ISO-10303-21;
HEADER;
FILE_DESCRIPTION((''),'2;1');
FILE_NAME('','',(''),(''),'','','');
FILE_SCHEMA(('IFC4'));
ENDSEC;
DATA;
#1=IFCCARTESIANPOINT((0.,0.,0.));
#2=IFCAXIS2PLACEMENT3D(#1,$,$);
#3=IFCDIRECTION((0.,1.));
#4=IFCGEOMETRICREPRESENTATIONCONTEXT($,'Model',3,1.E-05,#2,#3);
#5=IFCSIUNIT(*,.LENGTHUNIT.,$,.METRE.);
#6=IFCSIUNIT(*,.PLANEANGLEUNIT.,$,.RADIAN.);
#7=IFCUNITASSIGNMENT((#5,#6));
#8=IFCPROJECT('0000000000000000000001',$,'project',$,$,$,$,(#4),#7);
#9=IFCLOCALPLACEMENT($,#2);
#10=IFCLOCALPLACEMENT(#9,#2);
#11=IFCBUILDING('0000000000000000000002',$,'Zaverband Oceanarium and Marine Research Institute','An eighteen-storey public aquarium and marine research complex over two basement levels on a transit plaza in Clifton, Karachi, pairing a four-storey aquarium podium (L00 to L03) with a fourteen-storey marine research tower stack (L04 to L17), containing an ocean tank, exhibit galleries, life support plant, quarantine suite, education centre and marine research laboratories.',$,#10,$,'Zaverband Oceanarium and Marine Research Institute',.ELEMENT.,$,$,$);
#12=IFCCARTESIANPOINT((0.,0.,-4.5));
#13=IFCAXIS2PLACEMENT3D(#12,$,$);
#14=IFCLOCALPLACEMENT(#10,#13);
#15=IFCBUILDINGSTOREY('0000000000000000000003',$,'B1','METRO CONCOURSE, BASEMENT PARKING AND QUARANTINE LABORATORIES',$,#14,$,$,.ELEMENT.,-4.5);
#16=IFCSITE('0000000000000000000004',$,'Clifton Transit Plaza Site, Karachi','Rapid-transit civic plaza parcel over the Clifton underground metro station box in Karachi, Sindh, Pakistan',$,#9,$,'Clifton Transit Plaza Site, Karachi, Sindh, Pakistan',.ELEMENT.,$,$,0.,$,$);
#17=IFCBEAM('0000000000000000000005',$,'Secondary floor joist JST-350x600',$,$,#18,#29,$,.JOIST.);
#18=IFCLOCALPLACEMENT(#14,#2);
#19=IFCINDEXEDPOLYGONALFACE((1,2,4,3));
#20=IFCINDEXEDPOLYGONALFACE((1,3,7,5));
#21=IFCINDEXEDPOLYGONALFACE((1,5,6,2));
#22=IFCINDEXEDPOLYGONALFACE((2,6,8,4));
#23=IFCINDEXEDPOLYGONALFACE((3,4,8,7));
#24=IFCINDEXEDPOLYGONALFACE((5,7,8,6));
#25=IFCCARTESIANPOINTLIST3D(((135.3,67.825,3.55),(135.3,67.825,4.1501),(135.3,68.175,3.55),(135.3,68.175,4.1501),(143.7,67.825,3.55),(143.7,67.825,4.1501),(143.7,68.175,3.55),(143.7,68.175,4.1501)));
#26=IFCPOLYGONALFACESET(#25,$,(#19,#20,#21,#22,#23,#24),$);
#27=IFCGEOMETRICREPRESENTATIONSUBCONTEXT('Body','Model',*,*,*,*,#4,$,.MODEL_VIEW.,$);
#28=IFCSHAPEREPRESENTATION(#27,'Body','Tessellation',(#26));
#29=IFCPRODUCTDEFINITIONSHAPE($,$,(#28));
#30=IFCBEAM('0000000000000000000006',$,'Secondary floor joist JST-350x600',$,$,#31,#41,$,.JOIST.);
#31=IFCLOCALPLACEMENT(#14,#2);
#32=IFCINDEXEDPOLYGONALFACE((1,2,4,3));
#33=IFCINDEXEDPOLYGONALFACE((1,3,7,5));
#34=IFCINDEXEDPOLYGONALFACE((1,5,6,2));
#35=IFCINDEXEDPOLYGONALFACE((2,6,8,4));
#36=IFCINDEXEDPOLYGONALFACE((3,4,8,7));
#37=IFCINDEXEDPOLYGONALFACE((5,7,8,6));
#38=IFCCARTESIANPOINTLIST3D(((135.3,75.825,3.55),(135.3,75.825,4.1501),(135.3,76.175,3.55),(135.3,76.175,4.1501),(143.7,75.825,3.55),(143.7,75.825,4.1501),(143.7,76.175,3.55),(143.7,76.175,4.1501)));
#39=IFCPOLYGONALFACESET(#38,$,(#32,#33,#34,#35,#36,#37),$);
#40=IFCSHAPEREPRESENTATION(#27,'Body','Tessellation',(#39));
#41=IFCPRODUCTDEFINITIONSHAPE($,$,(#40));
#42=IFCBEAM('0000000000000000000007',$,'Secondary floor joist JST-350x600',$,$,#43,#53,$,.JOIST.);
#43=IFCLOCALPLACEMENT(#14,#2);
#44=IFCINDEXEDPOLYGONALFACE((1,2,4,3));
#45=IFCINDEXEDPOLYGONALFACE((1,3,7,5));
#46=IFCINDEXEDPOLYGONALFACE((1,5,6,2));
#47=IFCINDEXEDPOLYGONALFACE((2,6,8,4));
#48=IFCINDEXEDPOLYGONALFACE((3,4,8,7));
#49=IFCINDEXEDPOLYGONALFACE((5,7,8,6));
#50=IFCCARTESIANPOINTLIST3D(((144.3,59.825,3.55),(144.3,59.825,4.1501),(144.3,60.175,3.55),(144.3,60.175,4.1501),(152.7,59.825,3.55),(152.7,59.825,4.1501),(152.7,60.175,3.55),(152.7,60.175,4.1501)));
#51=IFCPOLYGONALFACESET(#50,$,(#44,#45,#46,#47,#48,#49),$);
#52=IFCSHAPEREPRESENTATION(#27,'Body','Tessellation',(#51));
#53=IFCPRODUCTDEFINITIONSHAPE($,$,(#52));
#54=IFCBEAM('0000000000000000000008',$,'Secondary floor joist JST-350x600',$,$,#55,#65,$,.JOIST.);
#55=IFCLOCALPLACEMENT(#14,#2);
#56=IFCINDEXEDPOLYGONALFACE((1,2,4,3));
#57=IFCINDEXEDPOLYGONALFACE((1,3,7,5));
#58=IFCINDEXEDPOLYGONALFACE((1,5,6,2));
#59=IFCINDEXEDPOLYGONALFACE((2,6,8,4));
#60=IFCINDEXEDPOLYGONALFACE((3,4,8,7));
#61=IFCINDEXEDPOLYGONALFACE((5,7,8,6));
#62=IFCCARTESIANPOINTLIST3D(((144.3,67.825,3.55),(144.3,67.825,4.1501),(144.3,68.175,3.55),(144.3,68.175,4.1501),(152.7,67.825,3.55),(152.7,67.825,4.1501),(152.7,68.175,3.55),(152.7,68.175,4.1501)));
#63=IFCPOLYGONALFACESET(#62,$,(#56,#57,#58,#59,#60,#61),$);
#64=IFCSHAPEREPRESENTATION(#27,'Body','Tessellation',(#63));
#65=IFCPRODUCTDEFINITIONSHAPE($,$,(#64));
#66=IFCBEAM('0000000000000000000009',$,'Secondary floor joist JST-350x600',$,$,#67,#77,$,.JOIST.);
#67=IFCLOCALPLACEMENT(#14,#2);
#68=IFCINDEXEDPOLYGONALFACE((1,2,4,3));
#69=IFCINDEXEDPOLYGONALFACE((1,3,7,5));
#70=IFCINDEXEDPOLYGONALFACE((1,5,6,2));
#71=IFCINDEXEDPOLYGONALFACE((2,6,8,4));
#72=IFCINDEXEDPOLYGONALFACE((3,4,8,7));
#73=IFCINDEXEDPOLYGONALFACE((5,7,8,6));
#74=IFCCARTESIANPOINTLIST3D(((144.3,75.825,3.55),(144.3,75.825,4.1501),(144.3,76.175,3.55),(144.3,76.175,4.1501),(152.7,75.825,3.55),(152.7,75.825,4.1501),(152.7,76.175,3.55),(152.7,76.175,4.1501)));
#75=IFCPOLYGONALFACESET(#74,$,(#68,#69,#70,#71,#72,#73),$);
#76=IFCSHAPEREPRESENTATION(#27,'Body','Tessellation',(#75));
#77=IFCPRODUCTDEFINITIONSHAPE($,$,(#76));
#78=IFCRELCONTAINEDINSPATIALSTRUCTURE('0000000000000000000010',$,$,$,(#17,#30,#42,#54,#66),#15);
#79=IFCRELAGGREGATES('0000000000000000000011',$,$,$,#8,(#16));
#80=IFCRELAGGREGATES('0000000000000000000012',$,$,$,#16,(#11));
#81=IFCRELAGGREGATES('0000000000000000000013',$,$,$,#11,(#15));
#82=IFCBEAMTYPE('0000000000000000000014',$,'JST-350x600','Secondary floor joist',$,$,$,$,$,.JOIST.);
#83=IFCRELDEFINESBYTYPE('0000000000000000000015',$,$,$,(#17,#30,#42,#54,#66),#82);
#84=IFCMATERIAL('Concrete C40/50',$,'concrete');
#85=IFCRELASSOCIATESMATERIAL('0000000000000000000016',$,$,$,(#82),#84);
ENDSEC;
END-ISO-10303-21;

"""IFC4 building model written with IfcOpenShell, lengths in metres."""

from ifc_helpers import new_model, si_unit, direction, frame, origin, origin_2d, place, context, subcontext, project, spatial, rectangle, extrude, material, material_profile, profile_set, type_object, element, save


model = new_model("IFC4")

# Units and contexts
model_context = context("Model", 3, precision=1e-05, world=origin(), true_north=direction((0.0, 1.0)))
body_context = subcontext(model_context, "Body", "Model", "MODEL_VIEW")
ifc_project = project(units=[si_unit("LENGTHUNIT", "METRE"), si_unit("PLANEANGLEUNIT", "RADIAN")], contexts=[model_context])

# Site, building, storey
site_placement = place(None, origin())
site = spatial("IfcSite", under=ifc_project, at=site_placement, Name="Clifton Transit Plaza Site, Karachi", Description="Rapid-transit civic plaza parcel over the Clifton underground metro station box in Karachi, Sindh, Pakistan", LongName="Clifton Transit Plaza Site, Karachi, Sindh, Pakistan", CompositionType="ELEMENT", RefElevation=0.0)
building_placement = place(site_placement, origin())
building = spatial("IfcBuilding", under=site, at=building_placement, Name="Zaverband Oceanarium and Marine Research Institute", Description="An eighteen-storey public aquarium and marine research complex over two basement levels on a transit plaza in Clifton, Karachi, pairing a four-storey aquarium podium (L00 to L03) with a fourteen-storey marine research tower stack (L04 to L17), containing an ocean tank, exhibit galleries, life support plant, quarantine suite, education centre and marine research laboratories.", LongName="Zaverband Oceanarium and Marine Research Institute", CompositionType="ELEMENT")
storey_placement = place(building_placement, frame((0.0, 0.0, -4.5)))
storey = spatial("IfcBuildingStorey", under=building, at=storey_placement, Name="B1", Description="METRO CONCOURSE, BASEMENT PARKING AND QUARANTINE LABORATORIES", CompositionType="ELEMENT", Elevation=-4.5)

# Beams
ifc_material_1 = material(Name="Concrete C40/50", Category="concrete")
ifc_material_profile_1 = material_profile(ifc_material_1, rectangle(XDim=0.3501, YDim=0.6001, at=origin_2d()), Name="RC350x600")
ifc_profile_set_1 = profile_set([ifc_material_profile_1], Name="Concrete C40/50")
beam_type_1 = type_object("IfcBeamType", Name="JST-350x600", Description="Secondary floor joist", PredefinedType="JOIST", material=ifc_profile_set_1)
for number, where, z_axis, x_axis, name in (
    (1, (135.3, 68.0, 3.8501), (1.0, 0.0, 0.0), (0.0, 1.0, 0.0), "Secondary floor joist JST-350x600"),
    (2, (135.3, 76.0, 3.8501), (1.0, 0.0, 0.0), (0.0, 1.0, 0.0), "Secondary floor joist JST-350x600"),
    (3, (144.3, 60.0, 3.8501), (1.0, 0.0, 0.0), (0.0, 1.0, 0.0), "Secondary floor joist JST-350x600"),
    (4, (144.3, 68.0, 3.8501), (1.0, 0.0, 0.0), (0.0, 1.0, 0.0), "Secondary floor joist JST-350x600"),
    (5, (144.3, 76.0, 3.8501), (1.0, 0.0, 0.0), (0.0, 1.0, 0.0), "Secondary floor joist JST-350x600"),
):
    element("IfcBeam", number, at=place(storey_placement, frame(where, z_axis=z_axis, x_axis=x_axis)), inside=storey, type_object=beam_type_1, Name=name, PredefinedType="JOIST", context=body_context, shape_type="SweptSolid", body=[
        extrude(rectangle(XDim=0.3501, YDim=0.6001, at=origin_2d()), origin(), (0.0, 0.0, 1.0), 8.3999),
    ])

save(model, "model.ifc")
